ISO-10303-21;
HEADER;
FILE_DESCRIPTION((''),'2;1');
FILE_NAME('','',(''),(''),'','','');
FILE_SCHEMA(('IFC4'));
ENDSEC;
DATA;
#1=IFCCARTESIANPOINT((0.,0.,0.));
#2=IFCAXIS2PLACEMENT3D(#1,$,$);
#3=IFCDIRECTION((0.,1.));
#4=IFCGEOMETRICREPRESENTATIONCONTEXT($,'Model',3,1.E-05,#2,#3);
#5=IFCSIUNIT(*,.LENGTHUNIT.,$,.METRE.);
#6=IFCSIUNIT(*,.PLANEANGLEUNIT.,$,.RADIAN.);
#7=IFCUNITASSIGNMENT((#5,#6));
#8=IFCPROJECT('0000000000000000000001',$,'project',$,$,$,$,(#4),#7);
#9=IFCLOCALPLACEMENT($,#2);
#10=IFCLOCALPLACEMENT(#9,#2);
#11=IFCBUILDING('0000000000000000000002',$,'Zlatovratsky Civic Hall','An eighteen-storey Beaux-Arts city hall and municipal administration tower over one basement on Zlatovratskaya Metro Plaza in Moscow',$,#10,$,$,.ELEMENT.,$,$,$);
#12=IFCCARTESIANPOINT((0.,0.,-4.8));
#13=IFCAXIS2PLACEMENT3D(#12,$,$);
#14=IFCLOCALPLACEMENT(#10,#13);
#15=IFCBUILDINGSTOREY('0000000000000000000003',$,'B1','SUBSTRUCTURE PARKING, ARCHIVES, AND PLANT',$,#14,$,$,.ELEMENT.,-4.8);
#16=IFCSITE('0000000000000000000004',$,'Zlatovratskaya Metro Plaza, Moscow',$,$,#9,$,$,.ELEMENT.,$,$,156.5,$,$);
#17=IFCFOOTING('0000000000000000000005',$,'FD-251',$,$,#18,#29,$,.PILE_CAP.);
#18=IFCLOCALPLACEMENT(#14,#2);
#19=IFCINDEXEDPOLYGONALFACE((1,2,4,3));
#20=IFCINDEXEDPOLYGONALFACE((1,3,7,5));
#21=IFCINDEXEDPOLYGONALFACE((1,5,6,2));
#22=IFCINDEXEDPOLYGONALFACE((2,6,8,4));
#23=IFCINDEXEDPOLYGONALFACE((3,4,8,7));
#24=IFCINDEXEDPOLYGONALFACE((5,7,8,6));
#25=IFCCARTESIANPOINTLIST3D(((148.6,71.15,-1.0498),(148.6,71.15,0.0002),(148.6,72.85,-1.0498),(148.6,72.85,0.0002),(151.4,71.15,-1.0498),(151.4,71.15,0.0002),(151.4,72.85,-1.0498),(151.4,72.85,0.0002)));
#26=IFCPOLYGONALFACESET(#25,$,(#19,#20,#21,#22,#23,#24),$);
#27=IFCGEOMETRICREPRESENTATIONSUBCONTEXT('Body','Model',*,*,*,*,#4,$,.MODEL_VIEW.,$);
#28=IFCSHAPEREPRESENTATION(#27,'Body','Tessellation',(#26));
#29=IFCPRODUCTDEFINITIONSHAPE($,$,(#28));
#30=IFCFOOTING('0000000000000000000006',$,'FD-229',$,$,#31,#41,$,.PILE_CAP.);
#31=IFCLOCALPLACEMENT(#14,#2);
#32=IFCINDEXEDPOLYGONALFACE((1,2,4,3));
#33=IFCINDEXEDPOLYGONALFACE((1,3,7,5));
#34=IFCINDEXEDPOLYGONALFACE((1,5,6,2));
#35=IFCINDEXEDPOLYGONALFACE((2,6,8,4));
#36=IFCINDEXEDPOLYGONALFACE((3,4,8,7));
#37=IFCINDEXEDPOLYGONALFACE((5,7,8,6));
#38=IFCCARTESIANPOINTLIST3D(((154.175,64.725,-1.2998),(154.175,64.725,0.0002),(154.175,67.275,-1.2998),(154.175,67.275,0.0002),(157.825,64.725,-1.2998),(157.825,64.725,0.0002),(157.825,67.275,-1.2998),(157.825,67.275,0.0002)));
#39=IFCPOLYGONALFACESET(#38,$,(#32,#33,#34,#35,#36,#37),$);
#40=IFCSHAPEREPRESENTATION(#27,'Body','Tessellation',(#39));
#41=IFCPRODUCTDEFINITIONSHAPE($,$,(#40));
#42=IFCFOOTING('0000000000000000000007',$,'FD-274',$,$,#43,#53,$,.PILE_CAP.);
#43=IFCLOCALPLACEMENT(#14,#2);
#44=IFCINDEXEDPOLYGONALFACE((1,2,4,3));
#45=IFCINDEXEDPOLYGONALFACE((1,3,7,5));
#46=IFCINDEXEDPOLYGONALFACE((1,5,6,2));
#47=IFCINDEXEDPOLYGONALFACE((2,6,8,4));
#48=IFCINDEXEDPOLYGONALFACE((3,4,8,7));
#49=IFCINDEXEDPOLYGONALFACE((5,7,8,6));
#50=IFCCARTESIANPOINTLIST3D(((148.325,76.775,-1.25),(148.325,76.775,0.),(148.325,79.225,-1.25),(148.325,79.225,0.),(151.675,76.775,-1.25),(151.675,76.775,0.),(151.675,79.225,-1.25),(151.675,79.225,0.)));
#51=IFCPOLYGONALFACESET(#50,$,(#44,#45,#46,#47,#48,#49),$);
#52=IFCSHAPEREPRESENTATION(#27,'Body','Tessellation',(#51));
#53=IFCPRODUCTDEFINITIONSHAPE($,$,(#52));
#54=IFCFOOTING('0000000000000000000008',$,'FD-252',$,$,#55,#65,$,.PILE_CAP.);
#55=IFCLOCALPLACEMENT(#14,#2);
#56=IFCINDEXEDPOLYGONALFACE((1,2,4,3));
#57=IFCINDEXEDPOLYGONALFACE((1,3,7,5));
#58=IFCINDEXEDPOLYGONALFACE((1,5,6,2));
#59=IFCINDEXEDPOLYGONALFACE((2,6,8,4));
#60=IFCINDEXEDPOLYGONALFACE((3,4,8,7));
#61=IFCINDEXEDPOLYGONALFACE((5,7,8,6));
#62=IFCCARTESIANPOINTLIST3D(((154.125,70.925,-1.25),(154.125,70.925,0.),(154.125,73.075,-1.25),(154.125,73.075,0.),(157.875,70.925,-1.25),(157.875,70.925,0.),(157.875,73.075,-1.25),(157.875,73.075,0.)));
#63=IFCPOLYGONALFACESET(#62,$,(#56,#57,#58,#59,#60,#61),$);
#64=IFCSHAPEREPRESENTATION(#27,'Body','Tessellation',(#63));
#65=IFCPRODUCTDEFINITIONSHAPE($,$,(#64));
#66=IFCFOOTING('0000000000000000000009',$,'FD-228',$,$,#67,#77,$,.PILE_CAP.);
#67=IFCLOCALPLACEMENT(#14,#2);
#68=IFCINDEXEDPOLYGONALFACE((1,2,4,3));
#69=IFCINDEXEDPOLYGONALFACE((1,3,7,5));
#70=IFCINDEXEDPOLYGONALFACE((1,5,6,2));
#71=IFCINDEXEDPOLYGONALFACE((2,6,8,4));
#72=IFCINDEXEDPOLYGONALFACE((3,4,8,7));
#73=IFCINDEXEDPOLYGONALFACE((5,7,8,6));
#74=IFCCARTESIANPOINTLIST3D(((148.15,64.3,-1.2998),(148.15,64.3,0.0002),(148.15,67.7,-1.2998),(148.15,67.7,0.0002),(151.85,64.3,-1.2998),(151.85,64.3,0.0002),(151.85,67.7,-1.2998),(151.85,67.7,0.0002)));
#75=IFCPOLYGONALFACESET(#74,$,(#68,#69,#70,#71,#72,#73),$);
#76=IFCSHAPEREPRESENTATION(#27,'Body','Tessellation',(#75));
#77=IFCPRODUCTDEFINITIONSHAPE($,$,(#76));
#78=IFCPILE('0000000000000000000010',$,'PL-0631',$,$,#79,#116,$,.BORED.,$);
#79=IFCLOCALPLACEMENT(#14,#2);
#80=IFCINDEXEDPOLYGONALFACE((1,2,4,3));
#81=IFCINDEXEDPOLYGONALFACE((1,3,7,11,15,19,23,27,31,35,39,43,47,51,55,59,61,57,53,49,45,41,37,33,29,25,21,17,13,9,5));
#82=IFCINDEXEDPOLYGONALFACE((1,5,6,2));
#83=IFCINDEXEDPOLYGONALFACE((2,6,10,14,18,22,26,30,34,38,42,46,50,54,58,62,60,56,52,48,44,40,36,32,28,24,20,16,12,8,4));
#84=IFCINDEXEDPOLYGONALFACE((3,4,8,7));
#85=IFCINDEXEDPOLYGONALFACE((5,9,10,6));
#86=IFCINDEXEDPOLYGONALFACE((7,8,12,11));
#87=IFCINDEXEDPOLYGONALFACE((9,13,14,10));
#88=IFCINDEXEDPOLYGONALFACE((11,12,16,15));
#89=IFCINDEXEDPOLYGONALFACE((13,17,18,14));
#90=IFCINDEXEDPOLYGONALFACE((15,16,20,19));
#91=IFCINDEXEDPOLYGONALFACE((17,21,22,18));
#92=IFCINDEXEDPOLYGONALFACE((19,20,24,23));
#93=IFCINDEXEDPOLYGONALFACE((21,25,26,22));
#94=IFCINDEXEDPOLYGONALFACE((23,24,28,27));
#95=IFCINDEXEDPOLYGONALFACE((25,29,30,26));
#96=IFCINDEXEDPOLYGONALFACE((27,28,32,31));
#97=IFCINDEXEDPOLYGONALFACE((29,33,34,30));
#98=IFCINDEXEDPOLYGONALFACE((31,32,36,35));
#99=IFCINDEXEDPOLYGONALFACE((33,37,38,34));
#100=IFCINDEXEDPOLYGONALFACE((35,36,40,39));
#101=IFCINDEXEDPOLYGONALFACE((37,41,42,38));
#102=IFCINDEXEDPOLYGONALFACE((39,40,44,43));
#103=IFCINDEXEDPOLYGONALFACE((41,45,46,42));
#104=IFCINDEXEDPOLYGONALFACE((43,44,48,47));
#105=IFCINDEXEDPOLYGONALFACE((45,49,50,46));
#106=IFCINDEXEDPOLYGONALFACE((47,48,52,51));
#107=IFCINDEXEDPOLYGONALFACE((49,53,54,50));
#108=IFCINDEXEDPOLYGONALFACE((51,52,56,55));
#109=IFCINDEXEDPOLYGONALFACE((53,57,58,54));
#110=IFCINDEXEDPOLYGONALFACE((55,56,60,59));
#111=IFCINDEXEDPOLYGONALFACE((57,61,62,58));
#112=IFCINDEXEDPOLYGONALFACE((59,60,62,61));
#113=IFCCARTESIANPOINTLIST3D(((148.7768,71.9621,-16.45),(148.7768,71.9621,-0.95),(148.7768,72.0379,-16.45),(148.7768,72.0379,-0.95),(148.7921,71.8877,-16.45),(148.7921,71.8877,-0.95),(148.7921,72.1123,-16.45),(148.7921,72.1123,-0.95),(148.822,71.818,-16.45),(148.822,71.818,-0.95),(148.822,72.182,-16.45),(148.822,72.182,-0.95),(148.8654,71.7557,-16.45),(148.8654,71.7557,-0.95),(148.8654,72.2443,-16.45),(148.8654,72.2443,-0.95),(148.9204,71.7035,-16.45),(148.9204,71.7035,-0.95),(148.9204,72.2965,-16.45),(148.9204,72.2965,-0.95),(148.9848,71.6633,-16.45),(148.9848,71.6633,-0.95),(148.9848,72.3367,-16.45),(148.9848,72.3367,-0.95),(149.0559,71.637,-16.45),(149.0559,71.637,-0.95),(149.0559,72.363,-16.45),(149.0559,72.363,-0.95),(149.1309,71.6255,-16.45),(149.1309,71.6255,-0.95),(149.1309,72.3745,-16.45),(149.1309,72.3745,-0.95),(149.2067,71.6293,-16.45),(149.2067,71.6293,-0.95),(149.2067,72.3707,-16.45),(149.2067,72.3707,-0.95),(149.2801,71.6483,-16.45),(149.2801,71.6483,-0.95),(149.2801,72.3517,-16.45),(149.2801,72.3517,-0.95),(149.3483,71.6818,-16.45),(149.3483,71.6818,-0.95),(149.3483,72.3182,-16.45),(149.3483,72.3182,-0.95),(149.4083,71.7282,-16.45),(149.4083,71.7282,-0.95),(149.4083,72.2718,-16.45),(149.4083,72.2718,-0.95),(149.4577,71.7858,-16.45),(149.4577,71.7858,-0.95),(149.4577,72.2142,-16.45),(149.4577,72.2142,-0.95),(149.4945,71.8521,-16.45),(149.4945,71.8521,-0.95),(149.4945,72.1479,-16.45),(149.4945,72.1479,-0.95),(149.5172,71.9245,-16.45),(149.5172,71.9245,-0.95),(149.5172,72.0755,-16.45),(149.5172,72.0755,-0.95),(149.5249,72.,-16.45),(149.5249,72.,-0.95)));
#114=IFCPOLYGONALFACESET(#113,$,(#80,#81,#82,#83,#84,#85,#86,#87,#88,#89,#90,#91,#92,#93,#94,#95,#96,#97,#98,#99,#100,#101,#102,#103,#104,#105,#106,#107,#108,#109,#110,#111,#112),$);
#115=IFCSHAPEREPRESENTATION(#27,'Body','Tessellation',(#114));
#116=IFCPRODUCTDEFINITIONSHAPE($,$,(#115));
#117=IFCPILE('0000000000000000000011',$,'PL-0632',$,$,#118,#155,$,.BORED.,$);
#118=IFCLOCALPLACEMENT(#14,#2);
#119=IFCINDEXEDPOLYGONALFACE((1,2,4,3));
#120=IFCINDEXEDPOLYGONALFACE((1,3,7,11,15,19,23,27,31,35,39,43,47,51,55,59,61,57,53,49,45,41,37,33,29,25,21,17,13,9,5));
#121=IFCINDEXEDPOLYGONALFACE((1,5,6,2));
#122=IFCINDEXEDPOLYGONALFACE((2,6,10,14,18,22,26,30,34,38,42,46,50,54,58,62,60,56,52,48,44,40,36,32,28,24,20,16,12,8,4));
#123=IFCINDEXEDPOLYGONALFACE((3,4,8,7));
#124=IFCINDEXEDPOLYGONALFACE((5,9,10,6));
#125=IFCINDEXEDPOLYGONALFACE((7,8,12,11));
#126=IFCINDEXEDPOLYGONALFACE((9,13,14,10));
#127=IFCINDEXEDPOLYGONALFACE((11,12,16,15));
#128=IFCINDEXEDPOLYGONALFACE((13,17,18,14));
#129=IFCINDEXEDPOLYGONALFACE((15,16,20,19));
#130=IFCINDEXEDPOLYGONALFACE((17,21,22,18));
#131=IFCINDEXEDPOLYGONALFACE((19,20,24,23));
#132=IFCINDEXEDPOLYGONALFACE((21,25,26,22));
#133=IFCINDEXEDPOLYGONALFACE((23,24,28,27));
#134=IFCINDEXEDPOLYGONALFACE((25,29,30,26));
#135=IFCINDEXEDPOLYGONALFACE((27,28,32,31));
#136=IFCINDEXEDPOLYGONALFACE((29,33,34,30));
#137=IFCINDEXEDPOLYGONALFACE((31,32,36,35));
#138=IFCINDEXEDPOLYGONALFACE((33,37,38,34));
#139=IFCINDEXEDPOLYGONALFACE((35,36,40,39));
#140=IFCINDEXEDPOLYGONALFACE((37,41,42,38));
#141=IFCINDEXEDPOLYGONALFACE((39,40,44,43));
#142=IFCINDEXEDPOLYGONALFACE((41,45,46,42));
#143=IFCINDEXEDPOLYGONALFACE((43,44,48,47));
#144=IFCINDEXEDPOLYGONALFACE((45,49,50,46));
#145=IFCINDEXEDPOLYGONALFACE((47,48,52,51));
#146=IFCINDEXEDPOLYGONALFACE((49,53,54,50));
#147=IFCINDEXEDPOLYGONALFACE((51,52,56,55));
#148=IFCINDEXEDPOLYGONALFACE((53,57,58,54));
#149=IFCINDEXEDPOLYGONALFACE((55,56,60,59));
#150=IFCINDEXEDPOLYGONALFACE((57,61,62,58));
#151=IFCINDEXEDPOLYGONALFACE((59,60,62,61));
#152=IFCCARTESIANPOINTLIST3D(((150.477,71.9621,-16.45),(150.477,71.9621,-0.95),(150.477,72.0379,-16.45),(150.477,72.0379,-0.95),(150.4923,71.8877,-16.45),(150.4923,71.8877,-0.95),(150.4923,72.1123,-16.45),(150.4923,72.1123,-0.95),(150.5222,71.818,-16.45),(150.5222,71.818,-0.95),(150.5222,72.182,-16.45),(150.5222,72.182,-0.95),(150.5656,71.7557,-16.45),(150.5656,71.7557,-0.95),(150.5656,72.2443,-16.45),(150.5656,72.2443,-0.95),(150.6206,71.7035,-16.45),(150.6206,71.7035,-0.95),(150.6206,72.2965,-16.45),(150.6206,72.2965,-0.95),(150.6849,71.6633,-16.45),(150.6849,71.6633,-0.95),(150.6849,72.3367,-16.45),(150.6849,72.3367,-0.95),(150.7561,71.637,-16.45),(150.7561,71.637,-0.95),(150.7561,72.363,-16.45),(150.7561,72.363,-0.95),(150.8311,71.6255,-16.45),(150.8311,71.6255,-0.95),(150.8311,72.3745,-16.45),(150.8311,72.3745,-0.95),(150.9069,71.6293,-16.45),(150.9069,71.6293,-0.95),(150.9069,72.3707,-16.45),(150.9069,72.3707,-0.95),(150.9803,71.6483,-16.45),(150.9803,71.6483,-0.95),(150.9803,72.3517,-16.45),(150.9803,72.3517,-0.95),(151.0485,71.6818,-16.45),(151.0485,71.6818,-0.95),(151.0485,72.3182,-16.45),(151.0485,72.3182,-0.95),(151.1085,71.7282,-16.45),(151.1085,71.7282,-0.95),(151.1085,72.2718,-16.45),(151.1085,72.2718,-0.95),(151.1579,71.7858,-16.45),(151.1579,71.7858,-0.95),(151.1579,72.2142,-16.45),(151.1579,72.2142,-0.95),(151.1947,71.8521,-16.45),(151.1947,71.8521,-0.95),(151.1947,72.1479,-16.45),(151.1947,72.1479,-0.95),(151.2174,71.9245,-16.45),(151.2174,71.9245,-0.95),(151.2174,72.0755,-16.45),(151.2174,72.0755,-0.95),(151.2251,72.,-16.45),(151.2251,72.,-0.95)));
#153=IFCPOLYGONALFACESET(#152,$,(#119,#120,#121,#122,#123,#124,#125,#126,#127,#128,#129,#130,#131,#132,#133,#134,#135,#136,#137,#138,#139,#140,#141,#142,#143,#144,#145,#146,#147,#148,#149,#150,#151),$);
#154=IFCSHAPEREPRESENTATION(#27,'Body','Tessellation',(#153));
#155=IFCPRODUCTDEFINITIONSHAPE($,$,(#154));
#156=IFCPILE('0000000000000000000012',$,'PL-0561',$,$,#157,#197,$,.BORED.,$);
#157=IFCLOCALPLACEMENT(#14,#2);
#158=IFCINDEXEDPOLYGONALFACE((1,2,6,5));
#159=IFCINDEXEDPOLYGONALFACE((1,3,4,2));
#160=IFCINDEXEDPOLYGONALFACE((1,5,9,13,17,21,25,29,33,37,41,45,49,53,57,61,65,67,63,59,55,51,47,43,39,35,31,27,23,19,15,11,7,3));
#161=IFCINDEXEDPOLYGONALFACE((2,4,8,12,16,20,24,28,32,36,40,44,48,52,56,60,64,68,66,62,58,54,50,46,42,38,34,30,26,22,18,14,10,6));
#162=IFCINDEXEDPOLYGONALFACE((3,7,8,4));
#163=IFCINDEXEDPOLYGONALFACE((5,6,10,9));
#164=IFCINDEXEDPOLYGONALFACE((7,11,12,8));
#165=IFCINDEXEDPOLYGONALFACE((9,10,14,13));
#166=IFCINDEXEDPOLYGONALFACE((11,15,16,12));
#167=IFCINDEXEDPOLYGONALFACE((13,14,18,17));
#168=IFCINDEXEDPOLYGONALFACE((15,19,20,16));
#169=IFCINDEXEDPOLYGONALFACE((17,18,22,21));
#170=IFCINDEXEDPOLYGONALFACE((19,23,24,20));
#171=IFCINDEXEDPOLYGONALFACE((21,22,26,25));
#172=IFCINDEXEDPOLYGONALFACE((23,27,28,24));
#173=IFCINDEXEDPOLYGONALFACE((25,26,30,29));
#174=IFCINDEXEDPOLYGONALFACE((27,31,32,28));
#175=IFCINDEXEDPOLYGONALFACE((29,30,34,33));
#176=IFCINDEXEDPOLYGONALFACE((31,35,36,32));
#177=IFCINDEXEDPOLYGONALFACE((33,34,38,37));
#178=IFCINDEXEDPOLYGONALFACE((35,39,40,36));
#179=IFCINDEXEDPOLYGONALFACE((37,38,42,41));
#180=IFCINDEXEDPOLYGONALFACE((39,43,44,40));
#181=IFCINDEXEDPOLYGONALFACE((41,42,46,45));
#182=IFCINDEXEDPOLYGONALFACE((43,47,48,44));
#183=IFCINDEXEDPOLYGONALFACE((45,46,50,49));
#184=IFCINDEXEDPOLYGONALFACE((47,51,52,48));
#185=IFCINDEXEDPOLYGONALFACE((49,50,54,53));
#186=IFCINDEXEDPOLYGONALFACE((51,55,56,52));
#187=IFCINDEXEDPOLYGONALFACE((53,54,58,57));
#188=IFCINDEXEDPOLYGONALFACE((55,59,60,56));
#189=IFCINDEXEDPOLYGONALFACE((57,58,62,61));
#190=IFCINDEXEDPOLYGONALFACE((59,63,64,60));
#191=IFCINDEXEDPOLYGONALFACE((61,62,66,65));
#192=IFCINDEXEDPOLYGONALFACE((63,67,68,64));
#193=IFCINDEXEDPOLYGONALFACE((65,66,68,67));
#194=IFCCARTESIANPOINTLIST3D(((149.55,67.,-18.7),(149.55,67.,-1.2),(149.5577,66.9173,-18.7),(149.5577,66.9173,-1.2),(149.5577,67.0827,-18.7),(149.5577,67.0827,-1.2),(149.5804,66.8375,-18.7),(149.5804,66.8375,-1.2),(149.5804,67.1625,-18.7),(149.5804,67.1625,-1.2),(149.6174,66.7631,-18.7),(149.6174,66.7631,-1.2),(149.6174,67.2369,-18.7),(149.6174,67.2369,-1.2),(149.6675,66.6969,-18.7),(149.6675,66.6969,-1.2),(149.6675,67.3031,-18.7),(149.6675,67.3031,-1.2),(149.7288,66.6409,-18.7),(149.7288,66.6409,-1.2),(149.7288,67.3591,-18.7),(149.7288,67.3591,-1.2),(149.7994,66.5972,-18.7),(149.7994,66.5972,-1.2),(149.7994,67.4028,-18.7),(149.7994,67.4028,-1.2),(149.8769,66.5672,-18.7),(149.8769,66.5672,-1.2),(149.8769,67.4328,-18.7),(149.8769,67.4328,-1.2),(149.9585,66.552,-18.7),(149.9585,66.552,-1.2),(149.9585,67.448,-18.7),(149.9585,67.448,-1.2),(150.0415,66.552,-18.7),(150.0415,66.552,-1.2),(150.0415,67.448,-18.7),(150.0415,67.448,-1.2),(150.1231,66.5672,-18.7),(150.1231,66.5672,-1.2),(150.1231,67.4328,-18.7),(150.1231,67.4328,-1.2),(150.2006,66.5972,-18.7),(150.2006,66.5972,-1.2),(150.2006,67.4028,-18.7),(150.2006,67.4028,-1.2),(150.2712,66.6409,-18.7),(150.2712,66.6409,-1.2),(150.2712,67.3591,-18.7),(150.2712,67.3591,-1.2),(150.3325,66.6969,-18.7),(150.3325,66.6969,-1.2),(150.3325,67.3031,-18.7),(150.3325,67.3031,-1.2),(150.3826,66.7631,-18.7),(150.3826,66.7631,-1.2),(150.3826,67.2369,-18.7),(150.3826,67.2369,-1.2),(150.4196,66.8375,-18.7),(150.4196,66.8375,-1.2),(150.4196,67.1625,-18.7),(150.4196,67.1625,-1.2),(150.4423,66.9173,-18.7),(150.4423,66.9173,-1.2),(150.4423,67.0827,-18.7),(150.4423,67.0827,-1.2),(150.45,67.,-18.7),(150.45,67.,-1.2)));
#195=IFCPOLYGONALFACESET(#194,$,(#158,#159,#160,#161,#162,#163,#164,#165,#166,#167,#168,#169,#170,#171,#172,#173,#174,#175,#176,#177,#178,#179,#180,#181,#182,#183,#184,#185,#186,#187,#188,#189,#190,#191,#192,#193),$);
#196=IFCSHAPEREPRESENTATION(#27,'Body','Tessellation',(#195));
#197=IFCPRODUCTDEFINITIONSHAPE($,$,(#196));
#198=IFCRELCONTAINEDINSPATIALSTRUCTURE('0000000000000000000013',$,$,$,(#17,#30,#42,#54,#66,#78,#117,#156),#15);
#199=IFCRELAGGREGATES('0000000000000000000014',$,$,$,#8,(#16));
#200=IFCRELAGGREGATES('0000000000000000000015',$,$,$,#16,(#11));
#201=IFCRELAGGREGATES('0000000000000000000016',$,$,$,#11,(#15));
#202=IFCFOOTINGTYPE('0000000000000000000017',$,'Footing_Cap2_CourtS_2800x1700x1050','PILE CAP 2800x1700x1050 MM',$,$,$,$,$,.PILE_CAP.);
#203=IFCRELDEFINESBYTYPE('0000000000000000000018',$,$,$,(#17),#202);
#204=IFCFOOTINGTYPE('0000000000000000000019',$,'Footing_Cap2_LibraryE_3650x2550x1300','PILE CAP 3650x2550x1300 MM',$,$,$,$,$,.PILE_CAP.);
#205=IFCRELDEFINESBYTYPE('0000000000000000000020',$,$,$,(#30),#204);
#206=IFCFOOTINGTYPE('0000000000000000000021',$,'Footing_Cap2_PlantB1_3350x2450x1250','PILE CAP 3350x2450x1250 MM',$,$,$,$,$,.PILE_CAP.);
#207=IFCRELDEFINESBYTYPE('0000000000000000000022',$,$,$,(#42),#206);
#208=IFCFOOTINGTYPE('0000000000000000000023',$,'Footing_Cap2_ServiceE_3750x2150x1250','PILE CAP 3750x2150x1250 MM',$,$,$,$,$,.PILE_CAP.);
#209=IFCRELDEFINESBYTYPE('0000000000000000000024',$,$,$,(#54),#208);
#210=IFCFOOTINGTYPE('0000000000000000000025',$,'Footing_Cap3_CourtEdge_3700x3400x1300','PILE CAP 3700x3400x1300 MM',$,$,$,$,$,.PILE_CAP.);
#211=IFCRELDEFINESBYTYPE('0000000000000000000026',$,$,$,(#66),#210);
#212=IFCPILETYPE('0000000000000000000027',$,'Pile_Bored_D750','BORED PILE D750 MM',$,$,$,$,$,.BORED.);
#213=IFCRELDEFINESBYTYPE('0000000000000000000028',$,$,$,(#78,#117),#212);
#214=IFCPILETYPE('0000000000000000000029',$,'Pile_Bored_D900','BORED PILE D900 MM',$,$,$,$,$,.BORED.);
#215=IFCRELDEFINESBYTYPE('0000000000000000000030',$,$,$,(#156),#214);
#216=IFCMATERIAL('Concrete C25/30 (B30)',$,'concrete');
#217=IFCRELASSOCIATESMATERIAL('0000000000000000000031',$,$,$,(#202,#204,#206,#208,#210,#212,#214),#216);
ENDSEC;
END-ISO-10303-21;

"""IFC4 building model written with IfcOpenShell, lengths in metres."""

from ifc_helpers import new_model, si_unit, direction, frame, origin, origin_2d, place, context, subcontext, project, spatial, rectangle, circle, extrude, material, material_profile, profile_set, type_object, element, save


model = new_model("IFC4")

# Units and contexts
model_context = context("Model", 3, precision=1e-05, world=origin(), true_north=direction((0.0, 1.0)))
body_context = subcontext(model_context, "Body", "Model", "MODEL_VIEW")
ifc_project = project(units=[si_unit("LENGTHUNIT", "METRE"), si_unit("PLANEANGLEUNIT", "RADIAN")], contexts=[model_context])

# Site, building, storey
site_placement = place(None, origin())
site = spatial("IfcSite", under=ifc_project, at=site_placement, Name="Zlatovratskaya Metro Plaza, Moscow", CompositionType="ELEMENT", RefElevation=156.5)
building_placement = place(site_placement, origin())
building = spatial("IfcBuilding", under=site, at=building_placement, Name="Zlatovratsky Civic Hall", Description="An eighteen-storey Beaux-Arts city hall and municipal administration tower over one basement on Zlatovratskaya Metro Plaza in Moscow", CompositionType="ELEMENT")
storey_placement = place(building_placement, frame((0.0, 0.0, -4.8)))
storey = spatial("IfcBuildingStorey", under=building, at=storey_placement, Name="B1", Description="SUBSTRUCTURE PARKING, ARCHIVES, AND PLANT", CompositionType="ELEMENT", Elevation=-4.8)

# Footings
ifc_material_1 = material(Name="Concrete C25/30 (B30)", Category="concrete")
footing_type_1 = type_object("IfcFootingType", Name="Footing_Cap2_CourtS_2800x1700x1050", Description="PILE CAP 2800x1700x1050 MM", PredefinedType="PILE_CAP", material=ifc_material_1)
footing_1_placement = place(storey_placement, frame((150.0, 72.0, -1.0498), z_axis=(0.0, 0.0, 1.0), x_axis=(1.0, 0.0, 0.0)))
element("IfcFooting", 1, at=footing_1_placement, inside=storey, type_object=footing_type_1, Name="FD-251", PredefinedType="PILE_CAP", context=body_context, shape_type="SweptSolid", body=[
    extrude(rectangle(XDim=2.8, YDim=1.7, at=origin_2d()), origin(), (0.0, 0.0, 1.0), 1.05),
])
footing_type_2 = type_object("IfcFootingType", Name="Footing_Cap2_LibraryE_3650x2550x1300", Description="PILE CAP 3650x2550x1300 MM", PredefinedType="PILE_CAP", material=ifc_material_1)
footing_2_placement = place(storey_placement, frame((156.0, 66.0, -1.2998), z_axis=(0.0, 0.0, 1.0), x_axis=(1.0, 0.0, 0.0)))
element("IfcFooting", 2, at=footing_2_placement, inside=storey, type_object=footing_type_2, Name="FD-229", PredefinedType="PILE_CAP", context=body_context, shape_type="SweptSolid", body=[
    extrude(rectangle(XDim=3.6499, YDim=2.55, at=origin_2d()), origin(), (0.0, 0.0, 1.0), 1.3),
])
footing_type_3 = type_object("IfcFootingType", Name="Footing_Cap2_PlantB1_3350x2450x1250", Description="PILE CAP 3350x2450x1250 MM", PredefinedType="PILE_CAP", material=ifc_material_1)
footing_3_placement = place(storey_placement, frame((150.0, 78.0, -1.25), z_axis=(0.0, 0.0, 1.0), x_axis=(1.0, 0.0, 0.0)))
element("IfcFooting", 3, at=footing_3_placement, inside=storey, type_object=footing_type_3, Name="FD-274", PredefinedType="PILE_CAP", context=body_context, shape_type="SweptSolid", body=[
    extrude(rectangle(XDim=3.3501, YDim=2.45, at=origin_2d()), origin(), (0.0, 0.0, 1.0), 1.25),
])
footing_type_4 = type_object("IfcFootingType", Name="Footing_Cap2_ServiceE_3750x2150x1250", Description="PILE CAP 3750x2150x1250 MM", PredefinedType="PILE_CAP", material=ifc_material_1)
footing_4_placement = place(storey_placement, frame((156.0, 72.0, -1.25), z_axis=(0.0, 0.0, 1.0), x_axis=(1.0, 0.0, 0.0)))
element("IfcFooting", 4, at=footing_4_placement, inside=storey, type_object=footing_type_4, Name="FD-252", PredefinedType="PILE_CAP", context=body_context, shape_type="SweptSolid", body=[
    extrude(rectangle(XDim=3.75, YDim=2.1499, at=origin_2d()), origin(), (0.0, 0.0, 1.0), 1.25),
])
footing_type_5 = type_object("IfcFootingType", Name="Footing_Cap3_CourtEdge_3700x3400x1300", Description="PILE CAP 3700x3400x1300 MM", PredefinedType="PILE_CAP", material=ifc_material_1)
footing_5_placement = place(storey_placement, frame((150.0, 66.0, -1.2998), z_axis=(0.0, 0.0, 1.0), x_axis=(1.0, 0.0, 0.0)))
element("IfcFooting", 5, at=footing_5_placement, inside=storey, type_object=footing_type_5, Name="FD-228", PredefinedType="PILE_CAP", context=body_context, shape_type="SweptSolid", body=[
    extrude(rectangle(XDim=3.7, YDim=3.3999, at=origin_2d()), origin(), (0.0, 0.0, 1.0), 1.3),
])

# Piles
ifc_material_profile_1 = material_profile(ifc_material_1, circle(Radius=0.375, at=origin_2d()), Name="PILE D750")
ifc_profile_set_1 = profile_set([ifc_material_profile_1], Name="Concrete C25/30 (B30)")
pile_type_1 = type_object("IfcPileType", Name="Pile_Bored_D750", Description="BORED PILE D750 MM", PredefinedType="BORED", material=ifc_profile_set_1)
for number, where, z_axis, x_axis, name in (
    (6, (149.1499, 72.0, -0.95), (0.0, 0.0, -1.0), (1.0, 0.0, 0.0), "PL-0631"),
    (7, (150.8501, 72.0, -0.95), (0.0, 0.0, -1.0), (1.0, 0.0, 0.0), "PL-0632"),
):
    element("IfcPile", number, at=place(storey_placement, frame(where, z_axis=z_axis, x_axis=x_axis)), inside=storey, type_object=pile_type_1, Name=name, PredefinedType="BORED", context=body_context, shape_type="SweptSolid", body=[
        extrude(circle(Radius=0.375, at=origin_2d()), origin(), (0.0, 0.0, 1.0), 15.5),
    ])
ifc_material_profile_2 = material_profile(ifc_material_1, circle(Radius=0.45, at=origin_2d()), Name="PILE D900")
ifc_profile_set_2 = profile_set([ifc_material_profile_2], Name="Concrete C25/30 (B30)")
pile_type_2 = type_object("IfcPileType", Name="Pile_Bored_D900", Description="BORED PILE D900 MM", PredefinedType="BORED", material=ifc_profile_set_2)
for number, where, z_axis, x_axis, name in (
    (8, (150.0, 67.0, -1.2), (0.0, 0.0, -1.0), (1.0, 0.0, 0.0), "PL-0561"),
):
    element("IfcPile", number, at=place(storey_placement, frame(where, z_axis=z_axis, x_axis=x_axis)), inside=storey, type_object=pile_type_2, Name=name, PredefinedType="BORED", context=body_context, shape_type="SweptSolid", body=[
        extrude(circle(Radius=0.45, at=origin_2d()), origin(), (0.0, 0.0, 1.0), 17.5),
    ])

save(model, "model.ifc")
